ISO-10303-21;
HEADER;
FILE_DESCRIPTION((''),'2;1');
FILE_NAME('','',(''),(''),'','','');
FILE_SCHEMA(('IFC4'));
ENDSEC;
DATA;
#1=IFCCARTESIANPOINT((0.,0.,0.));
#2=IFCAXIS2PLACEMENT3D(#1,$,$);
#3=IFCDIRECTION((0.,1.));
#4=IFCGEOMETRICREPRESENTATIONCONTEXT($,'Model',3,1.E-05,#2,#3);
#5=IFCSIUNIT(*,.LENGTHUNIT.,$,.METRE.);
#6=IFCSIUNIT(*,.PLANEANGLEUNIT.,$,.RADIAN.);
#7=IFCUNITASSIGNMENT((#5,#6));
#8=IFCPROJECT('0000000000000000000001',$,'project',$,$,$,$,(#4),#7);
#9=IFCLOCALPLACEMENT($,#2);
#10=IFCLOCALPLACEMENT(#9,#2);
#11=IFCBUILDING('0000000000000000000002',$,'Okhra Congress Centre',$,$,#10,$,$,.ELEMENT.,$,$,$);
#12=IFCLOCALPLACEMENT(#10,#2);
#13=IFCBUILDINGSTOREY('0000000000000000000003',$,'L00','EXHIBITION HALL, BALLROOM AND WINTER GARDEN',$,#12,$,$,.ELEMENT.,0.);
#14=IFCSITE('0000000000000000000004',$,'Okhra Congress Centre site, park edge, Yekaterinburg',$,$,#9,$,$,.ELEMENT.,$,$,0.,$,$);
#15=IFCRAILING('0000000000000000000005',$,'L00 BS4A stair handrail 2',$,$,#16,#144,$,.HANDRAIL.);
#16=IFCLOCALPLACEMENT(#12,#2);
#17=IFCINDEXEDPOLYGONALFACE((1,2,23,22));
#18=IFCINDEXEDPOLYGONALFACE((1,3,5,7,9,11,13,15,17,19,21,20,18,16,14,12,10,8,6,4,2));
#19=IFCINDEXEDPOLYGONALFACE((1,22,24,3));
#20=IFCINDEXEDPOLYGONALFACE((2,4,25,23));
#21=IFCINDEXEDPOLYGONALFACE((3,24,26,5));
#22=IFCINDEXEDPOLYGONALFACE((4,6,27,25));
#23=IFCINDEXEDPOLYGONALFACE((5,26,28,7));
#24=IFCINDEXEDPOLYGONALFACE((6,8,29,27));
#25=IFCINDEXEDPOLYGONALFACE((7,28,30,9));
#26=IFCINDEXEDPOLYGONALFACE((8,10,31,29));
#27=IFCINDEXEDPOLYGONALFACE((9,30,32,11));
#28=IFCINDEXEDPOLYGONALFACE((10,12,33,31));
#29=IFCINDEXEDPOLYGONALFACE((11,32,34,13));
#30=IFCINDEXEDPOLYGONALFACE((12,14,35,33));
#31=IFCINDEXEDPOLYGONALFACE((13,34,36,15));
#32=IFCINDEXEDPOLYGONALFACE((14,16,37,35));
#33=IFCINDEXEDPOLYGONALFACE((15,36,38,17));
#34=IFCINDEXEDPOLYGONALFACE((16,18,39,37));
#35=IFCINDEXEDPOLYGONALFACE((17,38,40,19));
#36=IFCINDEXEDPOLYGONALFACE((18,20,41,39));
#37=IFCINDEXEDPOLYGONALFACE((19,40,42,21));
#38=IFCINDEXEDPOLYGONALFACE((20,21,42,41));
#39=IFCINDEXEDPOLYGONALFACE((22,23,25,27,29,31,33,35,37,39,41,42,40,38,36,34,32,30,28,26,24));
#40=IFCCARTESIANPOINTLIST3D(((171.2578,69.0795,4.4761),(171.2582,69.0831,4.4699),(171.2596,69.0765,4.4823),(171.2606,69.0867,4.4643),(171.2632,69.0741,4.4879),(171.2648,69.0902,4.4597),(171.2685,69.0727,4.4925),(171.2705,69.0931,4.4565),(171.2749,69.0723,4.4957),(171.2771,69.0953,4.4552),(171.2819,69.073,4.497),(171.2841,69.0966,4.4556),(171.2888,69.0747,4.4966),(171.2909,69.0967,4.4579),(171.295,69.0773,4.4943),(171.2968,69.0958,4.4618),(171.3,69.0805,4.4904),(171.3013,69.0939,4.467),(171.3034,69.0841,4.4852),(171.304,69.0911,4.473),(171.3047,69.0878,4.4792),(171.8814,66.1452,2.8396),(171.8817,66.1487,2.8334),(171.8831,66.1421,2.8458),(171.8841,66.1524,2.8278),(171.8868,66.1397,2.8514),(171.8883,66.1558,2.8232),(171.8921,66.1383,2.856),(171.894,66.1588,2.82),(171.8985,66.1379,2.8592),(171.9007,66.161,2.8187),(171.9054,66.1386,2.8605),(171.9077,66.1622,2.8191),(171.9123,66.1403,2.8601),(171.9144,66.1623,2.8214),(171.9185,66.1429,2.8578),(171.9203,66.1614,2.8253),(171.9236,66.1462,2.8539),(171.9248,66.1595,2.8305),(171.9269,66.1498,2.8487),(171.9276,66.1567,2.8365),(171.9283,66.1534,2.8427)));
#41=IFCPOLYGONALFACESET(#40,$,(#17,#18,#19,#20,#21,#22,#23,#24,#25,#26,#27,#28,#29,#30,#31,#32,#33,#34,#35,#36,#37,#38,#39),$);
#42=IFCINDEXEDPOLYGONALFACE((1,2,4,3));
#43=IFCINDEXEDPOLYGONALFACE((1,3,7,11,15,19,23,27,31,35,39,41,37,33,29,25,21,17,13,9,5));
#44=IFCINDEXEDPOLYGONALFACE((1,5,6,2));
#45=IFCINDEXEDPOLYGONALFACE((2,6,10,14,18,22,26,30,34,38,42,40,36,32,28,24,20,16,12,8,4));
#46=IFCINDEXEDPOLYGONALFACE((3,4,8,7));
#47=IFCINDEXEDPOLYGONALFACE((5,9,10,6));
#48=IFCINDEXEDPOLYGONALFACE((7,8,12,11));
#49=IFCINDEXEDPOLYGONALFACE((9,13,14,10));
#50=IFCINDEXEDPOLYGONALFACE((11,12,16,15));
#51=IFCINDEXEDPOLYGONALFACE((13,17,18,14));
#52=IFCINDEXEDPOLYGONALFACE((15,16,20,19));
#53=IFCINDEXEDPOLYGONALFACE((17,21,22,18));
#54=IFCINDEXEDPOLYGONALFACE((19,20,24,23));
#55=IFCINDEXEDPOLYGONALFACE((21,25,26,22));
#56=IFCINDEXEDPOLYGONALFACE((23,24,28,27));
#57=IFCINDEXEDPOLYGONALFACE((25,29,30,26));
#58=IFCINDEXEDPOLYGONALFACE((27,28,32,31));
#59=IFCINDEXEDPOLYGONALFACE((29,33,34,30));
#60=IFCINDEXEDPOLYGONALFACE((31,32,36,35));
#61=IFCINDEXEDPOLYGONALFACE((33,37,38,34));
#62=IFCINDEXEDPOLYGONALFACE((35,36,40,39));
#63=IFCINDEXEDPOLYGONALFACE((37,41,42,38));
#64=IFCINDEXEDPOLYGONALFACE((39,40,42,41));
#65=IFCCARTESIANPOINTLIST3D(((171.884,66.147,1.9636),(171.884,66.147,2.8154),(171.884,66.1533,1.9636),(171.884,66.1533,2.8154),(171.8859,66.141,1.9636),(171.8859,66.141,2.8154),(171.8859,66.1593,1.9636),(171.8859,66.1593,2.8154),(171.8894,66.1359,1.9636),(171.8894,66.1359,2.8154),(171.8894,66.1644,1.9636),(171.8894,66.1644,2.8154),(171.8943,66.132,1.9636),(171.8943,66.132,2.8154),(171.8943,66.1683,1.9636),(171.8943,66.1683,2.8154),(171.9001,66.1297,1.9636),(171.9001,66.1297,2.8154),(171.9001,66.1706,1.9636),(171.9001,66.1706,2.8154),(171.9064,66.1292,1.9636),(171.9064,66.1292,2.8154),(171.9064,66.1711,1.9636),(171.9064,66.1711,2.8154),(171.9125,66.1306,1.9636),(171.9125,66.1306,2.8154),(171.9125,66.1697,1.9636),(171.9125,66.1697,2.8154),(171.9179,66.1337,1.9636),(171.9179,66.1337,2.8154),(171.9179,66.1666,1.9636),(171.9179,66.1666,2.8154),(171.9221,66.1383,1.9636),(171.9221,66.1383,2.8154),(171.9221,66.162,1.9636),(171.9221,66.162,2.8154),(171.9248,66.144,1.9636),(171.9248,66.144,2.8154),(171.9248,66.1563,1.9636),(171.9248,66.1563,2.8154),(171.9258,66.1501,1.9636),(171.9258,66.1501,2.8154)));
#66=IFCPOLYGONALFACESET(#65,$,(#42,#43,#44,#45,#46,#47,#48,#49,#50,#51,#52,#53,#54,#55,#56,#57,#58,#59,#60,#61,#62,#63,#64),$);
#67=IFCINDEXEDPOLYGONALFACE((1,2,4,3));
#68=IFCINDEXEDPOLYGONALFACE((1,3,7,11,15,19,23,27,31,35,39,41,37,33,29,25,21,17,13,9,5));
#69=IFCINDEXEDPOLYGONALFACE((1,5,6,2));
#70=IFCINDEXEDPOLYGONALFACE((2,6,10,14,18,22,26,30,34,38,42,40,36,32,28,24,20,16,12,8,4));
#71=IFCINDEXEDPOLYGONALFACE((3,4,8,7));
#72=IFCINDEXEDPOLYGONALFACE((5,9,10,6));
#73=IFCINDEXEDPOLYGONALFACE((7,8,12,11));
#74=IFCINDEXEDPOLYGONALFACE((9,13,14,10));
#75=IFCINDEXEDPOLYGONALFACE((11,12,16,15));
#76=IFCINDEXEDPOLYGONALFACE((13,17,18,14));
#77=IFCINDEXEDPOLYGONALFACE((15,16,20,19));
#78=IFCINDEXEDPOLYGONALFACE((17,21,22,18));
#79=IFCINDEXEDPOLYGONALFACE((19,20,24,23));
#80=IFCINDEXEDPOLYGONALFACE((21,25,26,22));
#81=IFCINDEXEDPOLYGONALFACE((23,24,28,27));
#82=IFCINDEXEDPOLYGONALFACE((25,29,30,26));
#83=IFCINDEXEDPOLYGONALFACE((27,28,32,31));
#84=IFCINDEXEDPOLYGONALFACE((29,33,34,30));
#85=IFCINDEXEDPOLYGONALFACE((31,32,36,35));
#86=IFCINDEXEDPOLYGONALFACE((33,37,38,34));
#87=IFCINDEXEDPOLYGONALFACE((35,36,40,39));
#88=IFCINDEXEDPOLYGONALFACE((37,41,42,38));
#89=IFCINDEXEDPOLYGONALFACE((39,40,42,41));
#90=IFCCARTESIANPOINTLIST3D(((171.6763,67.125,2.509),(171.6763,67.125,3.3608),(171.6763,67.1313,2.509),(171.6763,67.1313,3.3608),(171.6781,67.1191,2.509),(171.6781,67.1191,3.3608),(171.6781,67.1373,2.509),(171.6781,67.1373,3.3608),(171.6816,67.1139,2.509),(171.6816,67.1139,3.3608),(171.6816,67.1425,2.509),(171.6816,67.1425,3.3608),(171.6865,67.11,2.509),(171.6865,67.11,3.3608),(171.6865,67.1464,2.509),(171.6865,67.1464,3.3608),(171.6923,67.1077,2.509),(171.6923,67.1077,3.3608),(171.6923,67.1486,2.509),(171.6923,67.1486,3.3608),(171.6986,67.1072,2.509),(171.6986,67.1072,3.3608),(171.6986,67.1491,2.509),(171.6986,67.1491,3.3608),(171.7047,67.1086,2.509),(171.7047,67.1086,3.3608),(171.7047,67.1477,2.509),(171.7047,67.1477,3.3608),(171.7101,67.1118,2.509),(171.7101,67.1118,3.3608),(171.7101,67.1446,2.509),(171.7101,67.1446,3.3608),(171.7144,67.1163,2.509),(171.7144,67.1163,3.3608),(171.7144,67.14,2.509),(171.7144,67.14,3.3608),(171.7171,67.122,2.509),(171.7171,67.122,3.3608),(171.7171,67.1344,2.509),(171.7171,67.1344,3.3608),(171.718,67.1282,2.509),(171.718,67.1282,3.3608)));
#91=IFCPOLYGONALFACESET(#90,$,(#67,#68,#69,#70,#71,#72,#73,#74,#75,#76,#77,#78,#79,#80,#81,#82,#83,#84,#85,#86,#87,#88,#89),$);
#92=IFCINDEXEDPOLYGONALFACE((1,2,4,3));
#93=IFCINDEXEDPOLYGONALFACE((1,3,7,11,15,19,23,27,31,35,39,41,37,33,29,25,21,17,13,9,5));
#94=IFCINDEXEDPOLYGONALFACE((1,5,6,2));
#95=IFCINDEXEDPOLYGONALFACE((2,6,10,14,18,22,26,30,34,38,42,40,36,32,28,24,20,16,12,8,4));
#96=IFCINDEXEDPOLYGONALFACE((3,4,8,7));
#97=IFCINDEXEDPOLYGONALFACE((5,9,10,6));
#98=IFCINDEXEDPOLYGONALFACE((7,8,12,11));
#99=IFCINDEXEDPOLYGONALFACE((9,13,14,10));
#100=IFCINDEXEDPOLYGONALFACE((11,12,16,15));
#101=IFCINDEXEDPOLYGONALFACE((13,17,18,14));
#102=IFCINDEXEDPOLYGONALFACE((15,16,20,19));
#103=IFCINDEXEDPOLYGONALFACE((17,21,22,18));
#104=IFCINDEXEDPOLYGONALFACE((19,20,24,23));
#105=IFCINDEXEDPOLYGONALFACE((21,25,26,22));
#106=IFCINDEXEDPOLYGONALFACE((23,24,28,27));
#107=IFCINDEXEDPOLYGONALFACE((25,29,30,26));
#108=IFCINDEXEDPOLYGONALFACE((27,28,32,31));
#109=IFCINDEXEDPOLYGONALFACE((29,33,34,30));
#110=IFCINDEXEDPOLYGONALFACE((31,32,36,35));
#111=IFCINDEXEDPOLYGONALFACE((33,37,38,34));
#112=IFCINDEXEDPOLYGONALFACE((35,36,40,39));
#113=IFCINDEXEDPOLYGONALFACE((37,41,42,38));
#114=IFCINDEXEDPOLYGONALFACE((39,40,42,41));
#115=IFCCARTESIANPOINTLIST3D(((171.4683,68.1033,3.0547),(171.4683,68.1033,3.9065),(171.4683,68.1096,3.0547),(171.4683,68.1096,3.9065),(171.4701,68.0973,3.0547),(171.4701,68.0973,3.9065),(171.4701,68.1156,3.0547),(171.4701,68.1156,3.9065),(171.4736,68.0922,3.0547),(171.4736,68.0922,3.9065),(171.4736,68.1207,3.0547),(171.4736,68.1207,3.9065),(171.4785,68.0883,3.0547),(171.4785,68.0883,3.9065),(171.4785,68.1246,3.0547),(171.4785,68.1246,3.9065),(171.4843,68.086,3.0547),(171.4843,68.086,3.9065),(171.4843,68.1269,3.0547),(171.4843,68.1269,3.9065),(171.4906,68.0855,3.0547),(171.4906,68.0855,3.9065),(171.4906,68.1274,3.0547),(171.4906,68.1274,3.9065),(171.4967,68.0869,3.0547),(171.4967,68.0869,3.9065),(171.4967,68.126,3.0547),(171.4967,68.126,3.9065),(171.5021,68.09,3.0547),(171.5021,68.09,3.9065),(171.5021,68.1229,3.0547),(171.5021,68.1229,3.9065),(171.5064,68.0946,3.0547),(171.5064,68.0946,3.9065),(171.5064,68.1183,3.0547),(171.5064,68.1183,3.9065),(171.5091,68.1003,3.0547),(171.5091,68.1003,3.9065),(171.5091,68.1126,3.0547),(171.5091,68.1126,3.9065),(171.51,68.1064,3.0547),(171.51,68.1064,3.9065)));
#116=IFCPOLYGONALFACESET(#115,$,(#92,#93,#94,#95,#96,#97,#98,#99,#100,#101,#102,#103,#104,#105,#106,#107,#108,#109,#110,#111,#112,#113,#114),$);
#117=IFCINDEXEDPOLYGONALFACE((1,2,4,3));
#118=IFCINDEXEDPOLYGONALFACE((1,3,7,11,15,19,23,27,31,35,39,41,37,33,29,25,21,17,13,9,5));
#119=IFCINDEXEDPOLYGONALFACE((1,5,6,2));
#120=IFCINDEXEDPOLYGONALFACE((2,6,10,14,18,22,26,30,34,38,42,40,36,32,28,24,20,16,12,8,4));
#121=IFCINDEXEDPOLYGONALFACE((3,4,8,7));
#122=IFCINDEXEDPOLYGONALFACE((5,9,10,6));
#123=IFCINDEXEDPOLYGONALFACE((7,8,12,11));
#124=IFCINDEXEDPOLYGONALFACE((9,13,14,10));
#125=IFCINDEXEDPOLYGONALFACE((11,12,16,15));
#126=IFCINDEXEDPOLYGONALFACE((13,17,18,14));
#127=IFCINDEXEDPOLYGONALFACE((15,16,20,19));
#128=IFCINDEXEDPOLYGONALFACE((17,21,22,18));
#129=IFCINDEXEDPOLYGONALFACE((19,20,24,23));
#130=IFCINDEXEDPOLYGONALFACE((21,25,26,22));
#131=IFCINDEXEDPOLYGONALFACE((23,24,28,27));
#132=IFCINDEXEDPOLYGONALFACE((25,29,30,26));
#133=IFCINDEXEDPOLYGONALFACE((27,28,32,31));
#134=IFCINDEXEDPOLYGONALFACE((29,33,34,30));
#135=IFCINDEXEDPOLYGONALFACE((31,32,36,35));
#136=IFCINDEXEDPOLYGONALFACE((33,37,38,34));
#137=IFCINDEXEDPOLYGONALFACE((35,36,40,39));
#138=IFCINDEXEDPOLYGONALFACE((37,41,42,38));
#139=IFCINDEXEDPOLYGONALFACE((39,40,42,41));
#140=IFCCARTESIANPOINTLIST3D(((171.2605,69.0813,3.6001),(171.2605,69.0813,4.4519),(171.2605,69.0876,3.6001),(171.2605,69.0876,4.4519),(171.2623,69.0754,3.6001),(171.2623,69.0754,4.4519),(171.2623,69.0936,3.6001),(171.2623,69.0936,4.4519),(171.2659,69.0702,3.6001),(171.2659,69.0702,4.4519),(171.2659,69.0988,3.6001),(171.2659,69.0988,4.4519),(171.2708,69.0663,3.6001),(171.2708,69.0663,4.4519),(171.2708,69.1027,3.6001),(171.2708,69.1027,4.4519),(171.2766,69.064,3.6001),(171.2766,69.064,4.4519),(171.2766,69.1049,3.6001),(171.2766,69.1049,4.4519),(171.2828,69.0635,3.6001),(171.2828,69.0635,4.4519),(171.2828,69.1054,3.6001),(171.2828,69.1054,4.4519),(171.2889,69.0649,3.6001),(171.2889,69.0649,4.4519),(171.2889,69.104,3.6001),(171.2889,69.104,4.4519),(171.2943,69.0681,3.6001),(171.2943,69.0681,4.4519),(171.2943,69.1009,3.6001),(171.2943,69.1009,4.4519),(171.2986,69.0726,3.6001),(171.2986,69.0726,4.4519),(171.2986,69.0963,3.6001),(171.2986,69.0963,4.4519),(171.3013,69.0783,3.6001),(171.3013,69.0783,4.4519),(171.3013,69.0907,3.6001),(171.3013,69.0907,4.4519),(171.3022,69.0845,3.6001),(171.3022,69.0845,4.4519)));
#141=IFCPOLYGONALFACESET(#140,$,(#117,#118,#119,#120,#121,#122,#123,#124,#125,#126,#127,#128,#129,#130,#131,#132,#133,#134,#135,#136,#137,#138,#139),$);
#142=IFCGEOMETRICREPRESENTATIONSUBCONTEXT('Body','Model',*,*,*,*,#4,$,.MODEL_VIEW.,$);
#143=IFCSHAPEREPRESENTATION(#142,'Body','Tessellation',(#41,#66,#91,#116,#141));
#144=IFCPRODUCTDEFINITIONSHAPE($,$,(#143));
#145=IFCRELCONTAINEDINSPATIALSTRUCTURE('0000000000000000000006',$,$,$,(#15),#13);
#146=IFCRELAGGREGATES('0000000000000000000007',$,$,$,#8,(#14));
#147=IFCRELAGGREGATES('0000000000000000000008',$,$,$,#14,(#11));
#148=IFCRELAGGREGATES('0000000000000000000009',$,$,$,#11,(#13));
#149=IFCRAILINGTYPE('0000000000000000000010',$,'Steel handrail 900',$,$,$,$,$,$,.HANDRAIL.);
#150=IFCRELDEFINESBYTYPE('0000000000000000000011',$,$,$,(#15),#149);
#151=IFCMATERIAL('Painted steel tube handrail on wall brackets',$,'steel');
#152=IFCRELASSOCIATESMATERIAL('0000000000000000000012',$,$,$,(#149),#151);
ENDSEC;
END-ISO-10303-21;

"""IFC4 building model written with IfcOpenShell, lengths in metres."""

from ifc_helpers import new_model, si_unit, direction, frame, origin, origin_2d, place, context, subcontext, project, spatial, circle, extrude, material, type_object, element, save


model = new_model("IFC4")

# Units and contexts
model_context = context("Model", 3, precision=1e-05, world=origin(), true_north=direction((0.0, 1.0)))
body_context = subcontext(model_context, "Body", "Model", "MODEL_VIEW")
ifc_project = project(units=[si_unit("LENGTHUNIT", "METRE"), si_unit("PLANEANGLEUNIT", "RADIAN")], contexts=[model_context])

# Site, building, storey
site_placement = place(None, origin())
site = spatial("IfcSite", under=ifc_project, at=site_placement, Name="Okhra Congress Centre site, park edge, Yekaterinburg", CompositionType="ELEMENT", RefElevation=0.0)
building_placement = place(site_placement, origin())
building = spatial("IfcBuilding", under=site, at=building_placement, Name="Okhra Congress Centre", CompositionType="ELEMENT")
storey_placement = place(building_placement, origin())
storey = spatial("IfcBuildingStorey", under=building, at=storey_placement, Name="L00", Description="EXHIBITION HALL, BALLROOM AND WINTER GARDEN", CompositionType="ELEMENT", Elevation=0.0)

# Railing
ifc_material_1 = material(Name="Painted steel tube handrail on wall brackets", Category="steel")
railing_type_1 = type_object("IfcRailingType", Name="Steel handrail 900", PredefinedType="HANDRAIL", material=ifc_material_1)
railing_1_placement = place(storey_placement, frame((171.9048, 66.1501, 1.9636)))
element("IfcRailing", 1, at=railing_1_placement, inside=storey, type_object=railing_type_1, Name="L00 BS4A stair handrail 2", PredefinedType="HANDRAIL", context=body_context, shape_type="SweptSolid", body=[
    extrude(circle(Radius=0.0239, at=origin_2d()), frame((0.0, 0.0, 0.876), z_axis=(-0.182471, 0.858698, 0.478896), x_axis=(-0.978159, -0.207856, 0.0)), (0.0, 0.0, 1.0), 3.4172),
    extrude(circle(Radius=0.021, at=origin_2d()), origin(), (0.0, 0.0, 1.0), 0.8518),
    extrude(circle(Radius=0.021, at=origin_2d()), frame((-0.2078, 0.978, 0.5454)), (0.0, 0.0, 1.0), 0.8518),
    extrude(circle(Radius=0.021, at=origin_2d()), frame((-0.4158, 1.9563, 1.0911)), (0.0, 0.0, 1.0), 0.8518),
    extrude(circle(Radius=0.021, at=origin_2d()), frame((-0.6235, 2.9343, 1.6365)), (0.0, 0.0, 1.0), 0.8518),
])

save(model, "model.ifc")
